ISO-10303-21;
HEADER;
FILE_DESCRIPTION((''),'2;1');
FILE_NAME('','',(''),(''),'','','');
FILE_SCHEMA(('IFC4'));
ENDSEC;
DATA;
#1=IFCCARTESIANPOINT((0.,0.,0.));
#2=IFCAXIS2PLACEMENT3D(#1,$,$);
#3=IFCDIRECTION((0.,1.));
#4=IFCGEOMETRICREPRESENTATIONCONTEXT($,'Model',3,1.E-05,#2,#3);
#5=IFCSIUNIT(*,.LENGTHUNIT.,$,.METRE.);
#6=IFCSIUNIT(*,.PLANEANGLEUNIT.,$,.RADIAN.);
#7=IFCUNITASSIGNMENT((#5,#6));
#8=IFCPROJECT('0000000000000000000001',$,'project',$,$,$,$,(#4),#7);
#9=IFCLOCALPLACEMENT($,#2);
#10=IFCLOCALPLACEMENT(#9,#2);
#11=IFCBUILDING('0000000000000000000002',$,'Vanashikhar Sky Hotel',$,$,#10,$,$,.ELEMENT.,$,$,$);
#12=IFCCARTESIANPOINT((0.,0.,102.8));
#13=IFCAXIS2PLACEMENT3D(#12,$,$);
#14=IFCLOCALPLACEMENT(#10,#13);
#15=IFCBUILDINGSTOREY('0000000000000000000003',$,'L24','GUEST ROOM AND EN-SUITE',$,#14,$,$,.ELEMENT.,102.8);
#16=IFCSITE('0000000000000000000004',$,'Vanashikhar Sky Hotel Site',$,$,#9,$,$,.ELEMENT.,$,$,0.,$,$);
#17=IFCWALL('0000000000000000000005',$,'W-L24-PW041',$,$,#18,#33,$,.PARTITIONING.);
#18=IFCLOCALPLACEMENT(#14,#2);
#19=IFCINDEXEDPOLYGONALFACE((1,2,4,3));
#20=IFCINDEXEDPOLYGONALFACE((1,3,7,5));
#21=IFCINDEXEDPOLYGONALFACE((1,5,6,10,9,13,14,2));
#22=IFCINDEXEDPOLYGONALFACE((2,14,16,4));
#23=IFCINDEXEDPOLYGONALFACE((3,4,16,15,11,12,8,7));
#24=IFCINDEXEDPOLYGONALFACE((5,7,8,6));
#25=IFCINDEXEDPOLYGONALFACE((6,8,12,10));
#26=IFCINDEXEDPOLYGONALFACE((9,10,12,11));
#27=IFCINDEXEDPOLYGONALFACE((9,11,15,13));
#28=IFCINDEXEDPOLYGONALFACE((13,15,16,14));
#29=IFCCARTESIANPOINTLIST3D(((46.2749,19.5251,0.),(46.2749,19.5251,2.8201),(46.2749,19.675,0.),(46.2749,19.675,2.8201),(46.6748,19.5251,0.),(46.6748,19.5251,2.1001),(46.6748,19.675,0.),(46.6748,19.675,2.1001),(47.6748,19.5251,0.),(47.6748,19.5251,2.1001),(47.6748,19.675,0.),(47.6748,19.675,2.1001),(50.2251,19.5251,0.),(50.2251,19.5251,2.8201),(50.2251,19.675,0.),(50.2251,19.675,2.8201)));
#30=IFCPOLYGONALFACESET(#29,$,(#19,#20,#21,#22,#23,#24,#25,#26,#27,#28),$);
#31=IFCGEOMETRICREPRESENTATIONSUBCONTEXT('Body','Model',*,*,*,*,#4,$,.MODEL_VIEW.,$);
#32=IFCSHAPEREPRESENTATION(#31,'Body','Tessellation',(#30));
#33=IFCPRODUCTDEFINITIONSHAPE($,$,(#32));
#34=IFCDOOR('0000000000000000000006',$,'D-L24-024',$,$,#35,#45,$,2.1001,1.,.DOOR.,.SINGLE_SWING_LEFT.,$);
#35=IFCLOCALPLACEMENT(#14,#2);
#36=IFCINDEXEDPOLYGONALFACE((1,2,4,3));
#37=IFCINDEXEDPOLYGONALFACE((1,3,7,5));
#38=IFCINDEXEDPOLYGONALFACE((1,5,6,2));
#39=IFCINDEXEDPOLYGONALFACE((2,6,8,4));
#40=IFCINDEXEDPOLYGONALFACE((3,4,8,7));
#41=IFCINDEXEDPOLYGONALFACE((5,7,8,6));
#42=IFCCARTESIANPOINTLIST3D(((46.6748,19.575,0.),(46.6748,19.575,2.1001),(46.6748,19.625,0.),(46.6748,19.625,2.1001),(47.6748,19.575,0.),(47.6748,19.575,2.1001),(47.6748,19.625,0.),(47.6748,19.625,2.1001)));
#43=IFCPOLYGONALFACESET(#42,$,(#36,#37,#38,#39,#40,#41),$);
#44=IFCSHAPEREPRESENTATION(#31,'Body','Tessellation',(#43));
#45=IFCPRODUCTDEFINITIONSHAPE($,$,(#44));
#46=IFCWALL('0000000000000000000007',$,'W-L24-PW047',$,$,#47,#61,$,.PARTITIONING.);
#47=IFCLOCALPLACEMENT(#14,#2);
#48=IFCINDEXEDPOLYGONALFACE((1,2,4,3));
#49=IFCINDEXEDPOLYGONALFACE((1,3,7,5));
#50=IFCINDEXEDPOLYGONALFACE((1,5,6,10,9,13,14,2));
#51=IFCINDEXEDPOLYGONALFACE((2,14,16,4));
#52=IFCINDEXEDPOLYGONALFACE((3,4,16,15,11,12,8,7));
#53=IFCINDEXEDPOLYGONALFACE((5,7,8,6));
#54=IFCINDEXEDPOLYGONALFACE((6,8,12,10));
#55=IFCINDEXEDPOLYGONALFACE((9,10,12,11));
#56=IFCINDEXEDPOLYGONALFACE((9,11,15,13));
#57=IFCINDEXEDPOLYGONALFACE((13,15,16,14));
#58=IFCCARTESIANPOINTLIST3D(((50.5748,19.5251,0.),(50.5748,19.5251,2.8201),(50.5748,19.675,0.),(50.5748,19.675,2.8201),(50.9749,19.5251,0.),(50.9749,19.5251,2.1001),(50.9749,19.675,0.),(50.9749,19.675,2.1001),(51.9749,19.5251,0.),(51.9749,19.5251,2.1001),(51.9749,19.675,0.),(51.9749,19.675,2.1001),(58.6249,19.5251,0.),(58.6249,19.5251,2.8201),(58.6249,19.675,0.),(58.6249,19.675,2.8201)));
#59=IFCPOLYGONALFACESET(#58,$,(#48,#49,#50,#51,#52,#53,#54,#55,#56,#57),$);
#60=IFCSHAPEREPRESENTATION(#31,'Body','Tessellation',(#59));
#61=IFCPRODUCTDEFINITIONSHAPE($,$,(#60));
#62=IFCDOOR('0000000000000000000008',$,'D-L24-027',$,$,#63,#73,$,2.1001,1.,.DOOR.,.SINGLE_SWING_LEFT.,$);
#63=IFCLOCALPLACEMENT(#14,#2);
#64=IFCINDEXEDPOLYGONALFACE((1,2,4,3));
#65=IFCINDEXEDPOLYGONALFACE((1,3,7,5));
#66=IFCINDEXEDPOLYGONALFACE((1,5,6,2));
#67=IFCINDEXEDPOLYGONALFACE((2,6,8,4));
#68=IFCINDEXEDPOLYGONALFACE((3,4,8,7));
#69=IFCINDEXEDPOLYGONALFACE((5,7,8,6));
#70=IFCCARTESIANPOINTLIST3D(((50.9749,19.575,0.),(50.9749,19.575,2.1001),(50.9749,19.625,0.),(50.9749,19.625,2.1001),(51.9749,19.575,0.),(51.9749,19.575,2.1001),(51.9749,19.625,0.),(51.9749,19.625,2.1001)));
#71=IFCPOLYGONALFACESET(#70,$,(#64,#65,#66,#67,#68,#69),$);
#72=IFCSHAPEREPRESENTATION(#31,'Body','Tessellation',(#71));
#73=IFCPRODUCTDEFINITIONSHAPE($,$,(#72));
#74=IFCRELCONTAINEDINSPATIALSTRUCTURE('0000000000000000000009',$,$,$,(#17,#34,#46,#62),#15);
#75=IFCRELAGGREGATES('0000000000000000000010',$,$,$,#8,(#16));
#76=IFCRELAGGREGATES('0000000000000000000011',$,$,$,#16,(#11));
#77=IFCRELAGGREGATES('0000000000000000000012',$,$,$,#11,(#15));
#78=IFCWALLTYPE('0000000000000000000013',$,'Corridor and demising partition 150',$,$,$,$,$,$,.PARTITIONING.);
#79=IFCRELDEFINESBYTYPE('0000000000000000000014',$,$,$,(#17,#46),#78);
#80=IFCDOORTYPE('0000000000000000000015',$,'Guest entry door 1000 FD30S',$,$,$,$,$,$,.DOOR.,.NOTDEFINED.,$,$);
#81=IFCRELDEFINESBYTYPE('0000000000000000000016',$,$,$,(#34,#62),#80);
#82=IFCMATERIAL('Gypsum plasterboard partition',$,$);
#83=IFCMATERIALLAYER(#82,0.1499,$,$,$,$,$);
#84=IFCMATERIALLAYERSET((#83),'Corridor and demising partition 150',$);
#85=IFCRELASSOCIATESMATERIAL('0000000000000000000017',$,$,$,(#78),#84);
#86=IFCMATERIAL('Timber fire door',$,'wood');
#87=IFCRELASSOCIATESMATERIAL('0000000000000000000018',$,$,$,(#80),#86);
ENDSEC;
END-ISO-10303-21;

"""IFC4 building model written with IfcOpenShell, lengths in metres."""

from ifc_helpers import new_model, si_unit, direction, frame, frame_2d, origin, place, context, subcontext, project, spatial, rectangle, extrude, source, transform, mapped, material, layer, layer_set, type_object, element, fill, save


model = new_model("IFC4")

# Units and contexts
model_context = context("Model", 3, precision=1e-05, world=origin(), true_north=direction((0.0, 1.0)))
body_context = subcontext(model_context, "Body", "Model", "MODEL_VIEW")
ifc_project = project(units=[si_unit("LENGTHUNIT", "METRE"), si_unit("PLANEANGLEUNIT", "RADIAN")], contexts=[model_context])

# Site, building, storey
site_placement = place(None, origin())
site = spatial("IfcSite", under=ifc_project, at=site_placement, Name="Vanashikhar Sky Hotel Site", CompositionType="ELEMENT", RefElevation=0.0)
building_placement = place(site_placement, origin())
building = spatial("IfcBuilding", under=site, at=building_placement, Name="Vanashikhar Sky Hotel", CompositionType="ELEMENT")
storey_placement = place(building_placement, frame((0.0, 0.0, 102.8)))
storey = spatial("IfcBuildingStorey", under=building, at=storey_placement, Name="L24", Description="GUEST ROOM AND EN-SUITE", CompositionType="ELEMENT", Elevation=102.8)

# Shared definitions
shared_shape_1 = source(origin(), body_context, "Body", "SweptSolid", [
    extrude(rectangle(XDim=1.0, YDim=2.1001, at=frame_2d((0.5, 1.05))), frame((0.0, 0.0249, 0.0), z_axis=(0.0, -1.0, 0.0), x_axis=(1.0, 0.0, 0.0)), (0.0, 0.0, 1.0), 0.05),
])

# Walls, openings, doors
ifc_material_1 = material(Name="Gypsum plasterboard partition")
ifc_layer_1 = layer(ifc_material_1, 0.1499)
ifc_layer_set_1 = layer_set([ifc_layer_1], Name="Corridor and demising partition 150")
wall_type_1 = type_object("IfcWallType", Name="Corridor and demising partition 150", PredefinedType="PARTITIONING", material=ifc_layer_set_1)
shared_shape_2 = source(origin(), body_context, "Body", "SweptSolid", [
    extrude(rectangle(XDim=3.9502, YDim=0.1499, at=frame_2d((1.9751, 0.0))), origin(), (0.0, 0.0, 1.0), 2.8201),
])
wall_1_placement = place(storey_placement, frame((46.2749, 19.6001, 0.0), z_axis=(0.0, 0.0, 1.0), x_axis=(1.0, 0.0, 0.0)))
wall_1 = element("IfcWall", 1, at=wall_1_placement, inside=storey, type_object=wall_type_1, Name="W-L24-PW041", PredefinedType="PARTITIONING", context=body_context, shape_type="MappedRepresentation", body=[
    mapped(shared_shape_2, transform((0.0, 0.0, 0.0), scale=1.0)),
])
shared_shape_3 = source(origin(), body_context, "Body", "SweptSolid", [
    extrude(rectangle(XDim=1.0, YDim=2.1001, at=frame_2d((0.5, 1.05))), frame((0.0, 0.085, 0.0), z_axis=(0.0, -1.0, 0.0), x_axis=(1.0, 0.0, 0.0)), (0.0, 0.0, 1.0), 0.1699),
])
opening_1_placement = place(wall_1_placement, frame((0.3999, 0.0, 0.0)))
opening_1 = element("IfcOpeningElement", 2, at=opening_1_placement, cuts=wall_1, PredefinedType="OPENING", context=body_context, shape_type="MappedRepresentation", body=[
    mapped(shared_shape_3, transform((0.0, 0.0, 0.0), scale=1.0)),
])
ifc_material_2 = material(Name="Timber fire door", Category="wood")
door_type_1 = type_object("IfcDoorType", Name="Guest entry door 1000 FD30S", OperationType="NOTDEFINED", PredefinedType="DOOR", material=ifc_material_2)
door_1_placement = place(opening_1_placement, origin())
door_1 = element("IfcDoor", 3, at=door_1_placement, inside=storey, type_object=door_type_1, Name="D-L24-024", OperationType="SINGLE_SWING_LEFT", OverallHeight=2.1001, OverallWidth=1.0, PredefinedType="DOOR", context=body_context, shape_type="MappedRepresentation", body=[
    mapped(shared_shape_1, transform((0.0, 0.0, 0.0), scale=1.0)),
])
fill(opening_1, door_1)
shared_shape_4 = source(origin(), body_context, "Body", "SweptSolid", [
    extrude(rectangle(XDim=8.05, YDim=0.1499, at=frame_2d((4.0249, 0.0))), origin(), (0.0, 0.0, 1.0), 2.8201),
])
wall_2_placement = place(storey_placement, frame((50.575, 19.6001, 0.0), z_axis=(0.0, 0.0, 1.0), x_axis=(1.0, 0.0, 0.0)))
wall_2 = element("IfcWall", 4, at=wall_2_placement, inside=storey, type_object=wall_type_1, Name="W-L24-PW047", PredefinedType="PARTITIONING", context=body_context, shape_type="MappedRepresentation", body=[
    mapped(shared_shape_4, transform((0.0, 0.0, 0.0), scale=1.0)),
])
opening_2_placement = place(wall_2_placement, frame((0.3999, 0.0, 0.0)))
opening_2 = element("IfcOpeningElement", 5, at=opening_2_placement, cuts=wall_2, PredefinedType="OPENING", context=body_context, shape_type="MappedRepresentation", body=[
    mapped(shared_shape_3, transform((0.0, 0.0, 0.0), scale=1.0)),
])
door_2_placement = place(opening_2_placement, origin())
door_2 = element("IfcDoor", 6, at=door_2_placement, inside=storey, type_object=door_type_1, Name="D-L24-027", OperationType="SINGLE_SWING_LEFT", OverallHeight=2.1001, OverallWidth=1.0, PredefinedType="DOOR", context=body_context, shape_type="MappedRepresentation", body=[
    mapped(shared_shape_1, transform((0.0, 0.0, 0.0), scale=1.0)),
])
fill(opening_2, door_2)

save(model, "model.ifc")
